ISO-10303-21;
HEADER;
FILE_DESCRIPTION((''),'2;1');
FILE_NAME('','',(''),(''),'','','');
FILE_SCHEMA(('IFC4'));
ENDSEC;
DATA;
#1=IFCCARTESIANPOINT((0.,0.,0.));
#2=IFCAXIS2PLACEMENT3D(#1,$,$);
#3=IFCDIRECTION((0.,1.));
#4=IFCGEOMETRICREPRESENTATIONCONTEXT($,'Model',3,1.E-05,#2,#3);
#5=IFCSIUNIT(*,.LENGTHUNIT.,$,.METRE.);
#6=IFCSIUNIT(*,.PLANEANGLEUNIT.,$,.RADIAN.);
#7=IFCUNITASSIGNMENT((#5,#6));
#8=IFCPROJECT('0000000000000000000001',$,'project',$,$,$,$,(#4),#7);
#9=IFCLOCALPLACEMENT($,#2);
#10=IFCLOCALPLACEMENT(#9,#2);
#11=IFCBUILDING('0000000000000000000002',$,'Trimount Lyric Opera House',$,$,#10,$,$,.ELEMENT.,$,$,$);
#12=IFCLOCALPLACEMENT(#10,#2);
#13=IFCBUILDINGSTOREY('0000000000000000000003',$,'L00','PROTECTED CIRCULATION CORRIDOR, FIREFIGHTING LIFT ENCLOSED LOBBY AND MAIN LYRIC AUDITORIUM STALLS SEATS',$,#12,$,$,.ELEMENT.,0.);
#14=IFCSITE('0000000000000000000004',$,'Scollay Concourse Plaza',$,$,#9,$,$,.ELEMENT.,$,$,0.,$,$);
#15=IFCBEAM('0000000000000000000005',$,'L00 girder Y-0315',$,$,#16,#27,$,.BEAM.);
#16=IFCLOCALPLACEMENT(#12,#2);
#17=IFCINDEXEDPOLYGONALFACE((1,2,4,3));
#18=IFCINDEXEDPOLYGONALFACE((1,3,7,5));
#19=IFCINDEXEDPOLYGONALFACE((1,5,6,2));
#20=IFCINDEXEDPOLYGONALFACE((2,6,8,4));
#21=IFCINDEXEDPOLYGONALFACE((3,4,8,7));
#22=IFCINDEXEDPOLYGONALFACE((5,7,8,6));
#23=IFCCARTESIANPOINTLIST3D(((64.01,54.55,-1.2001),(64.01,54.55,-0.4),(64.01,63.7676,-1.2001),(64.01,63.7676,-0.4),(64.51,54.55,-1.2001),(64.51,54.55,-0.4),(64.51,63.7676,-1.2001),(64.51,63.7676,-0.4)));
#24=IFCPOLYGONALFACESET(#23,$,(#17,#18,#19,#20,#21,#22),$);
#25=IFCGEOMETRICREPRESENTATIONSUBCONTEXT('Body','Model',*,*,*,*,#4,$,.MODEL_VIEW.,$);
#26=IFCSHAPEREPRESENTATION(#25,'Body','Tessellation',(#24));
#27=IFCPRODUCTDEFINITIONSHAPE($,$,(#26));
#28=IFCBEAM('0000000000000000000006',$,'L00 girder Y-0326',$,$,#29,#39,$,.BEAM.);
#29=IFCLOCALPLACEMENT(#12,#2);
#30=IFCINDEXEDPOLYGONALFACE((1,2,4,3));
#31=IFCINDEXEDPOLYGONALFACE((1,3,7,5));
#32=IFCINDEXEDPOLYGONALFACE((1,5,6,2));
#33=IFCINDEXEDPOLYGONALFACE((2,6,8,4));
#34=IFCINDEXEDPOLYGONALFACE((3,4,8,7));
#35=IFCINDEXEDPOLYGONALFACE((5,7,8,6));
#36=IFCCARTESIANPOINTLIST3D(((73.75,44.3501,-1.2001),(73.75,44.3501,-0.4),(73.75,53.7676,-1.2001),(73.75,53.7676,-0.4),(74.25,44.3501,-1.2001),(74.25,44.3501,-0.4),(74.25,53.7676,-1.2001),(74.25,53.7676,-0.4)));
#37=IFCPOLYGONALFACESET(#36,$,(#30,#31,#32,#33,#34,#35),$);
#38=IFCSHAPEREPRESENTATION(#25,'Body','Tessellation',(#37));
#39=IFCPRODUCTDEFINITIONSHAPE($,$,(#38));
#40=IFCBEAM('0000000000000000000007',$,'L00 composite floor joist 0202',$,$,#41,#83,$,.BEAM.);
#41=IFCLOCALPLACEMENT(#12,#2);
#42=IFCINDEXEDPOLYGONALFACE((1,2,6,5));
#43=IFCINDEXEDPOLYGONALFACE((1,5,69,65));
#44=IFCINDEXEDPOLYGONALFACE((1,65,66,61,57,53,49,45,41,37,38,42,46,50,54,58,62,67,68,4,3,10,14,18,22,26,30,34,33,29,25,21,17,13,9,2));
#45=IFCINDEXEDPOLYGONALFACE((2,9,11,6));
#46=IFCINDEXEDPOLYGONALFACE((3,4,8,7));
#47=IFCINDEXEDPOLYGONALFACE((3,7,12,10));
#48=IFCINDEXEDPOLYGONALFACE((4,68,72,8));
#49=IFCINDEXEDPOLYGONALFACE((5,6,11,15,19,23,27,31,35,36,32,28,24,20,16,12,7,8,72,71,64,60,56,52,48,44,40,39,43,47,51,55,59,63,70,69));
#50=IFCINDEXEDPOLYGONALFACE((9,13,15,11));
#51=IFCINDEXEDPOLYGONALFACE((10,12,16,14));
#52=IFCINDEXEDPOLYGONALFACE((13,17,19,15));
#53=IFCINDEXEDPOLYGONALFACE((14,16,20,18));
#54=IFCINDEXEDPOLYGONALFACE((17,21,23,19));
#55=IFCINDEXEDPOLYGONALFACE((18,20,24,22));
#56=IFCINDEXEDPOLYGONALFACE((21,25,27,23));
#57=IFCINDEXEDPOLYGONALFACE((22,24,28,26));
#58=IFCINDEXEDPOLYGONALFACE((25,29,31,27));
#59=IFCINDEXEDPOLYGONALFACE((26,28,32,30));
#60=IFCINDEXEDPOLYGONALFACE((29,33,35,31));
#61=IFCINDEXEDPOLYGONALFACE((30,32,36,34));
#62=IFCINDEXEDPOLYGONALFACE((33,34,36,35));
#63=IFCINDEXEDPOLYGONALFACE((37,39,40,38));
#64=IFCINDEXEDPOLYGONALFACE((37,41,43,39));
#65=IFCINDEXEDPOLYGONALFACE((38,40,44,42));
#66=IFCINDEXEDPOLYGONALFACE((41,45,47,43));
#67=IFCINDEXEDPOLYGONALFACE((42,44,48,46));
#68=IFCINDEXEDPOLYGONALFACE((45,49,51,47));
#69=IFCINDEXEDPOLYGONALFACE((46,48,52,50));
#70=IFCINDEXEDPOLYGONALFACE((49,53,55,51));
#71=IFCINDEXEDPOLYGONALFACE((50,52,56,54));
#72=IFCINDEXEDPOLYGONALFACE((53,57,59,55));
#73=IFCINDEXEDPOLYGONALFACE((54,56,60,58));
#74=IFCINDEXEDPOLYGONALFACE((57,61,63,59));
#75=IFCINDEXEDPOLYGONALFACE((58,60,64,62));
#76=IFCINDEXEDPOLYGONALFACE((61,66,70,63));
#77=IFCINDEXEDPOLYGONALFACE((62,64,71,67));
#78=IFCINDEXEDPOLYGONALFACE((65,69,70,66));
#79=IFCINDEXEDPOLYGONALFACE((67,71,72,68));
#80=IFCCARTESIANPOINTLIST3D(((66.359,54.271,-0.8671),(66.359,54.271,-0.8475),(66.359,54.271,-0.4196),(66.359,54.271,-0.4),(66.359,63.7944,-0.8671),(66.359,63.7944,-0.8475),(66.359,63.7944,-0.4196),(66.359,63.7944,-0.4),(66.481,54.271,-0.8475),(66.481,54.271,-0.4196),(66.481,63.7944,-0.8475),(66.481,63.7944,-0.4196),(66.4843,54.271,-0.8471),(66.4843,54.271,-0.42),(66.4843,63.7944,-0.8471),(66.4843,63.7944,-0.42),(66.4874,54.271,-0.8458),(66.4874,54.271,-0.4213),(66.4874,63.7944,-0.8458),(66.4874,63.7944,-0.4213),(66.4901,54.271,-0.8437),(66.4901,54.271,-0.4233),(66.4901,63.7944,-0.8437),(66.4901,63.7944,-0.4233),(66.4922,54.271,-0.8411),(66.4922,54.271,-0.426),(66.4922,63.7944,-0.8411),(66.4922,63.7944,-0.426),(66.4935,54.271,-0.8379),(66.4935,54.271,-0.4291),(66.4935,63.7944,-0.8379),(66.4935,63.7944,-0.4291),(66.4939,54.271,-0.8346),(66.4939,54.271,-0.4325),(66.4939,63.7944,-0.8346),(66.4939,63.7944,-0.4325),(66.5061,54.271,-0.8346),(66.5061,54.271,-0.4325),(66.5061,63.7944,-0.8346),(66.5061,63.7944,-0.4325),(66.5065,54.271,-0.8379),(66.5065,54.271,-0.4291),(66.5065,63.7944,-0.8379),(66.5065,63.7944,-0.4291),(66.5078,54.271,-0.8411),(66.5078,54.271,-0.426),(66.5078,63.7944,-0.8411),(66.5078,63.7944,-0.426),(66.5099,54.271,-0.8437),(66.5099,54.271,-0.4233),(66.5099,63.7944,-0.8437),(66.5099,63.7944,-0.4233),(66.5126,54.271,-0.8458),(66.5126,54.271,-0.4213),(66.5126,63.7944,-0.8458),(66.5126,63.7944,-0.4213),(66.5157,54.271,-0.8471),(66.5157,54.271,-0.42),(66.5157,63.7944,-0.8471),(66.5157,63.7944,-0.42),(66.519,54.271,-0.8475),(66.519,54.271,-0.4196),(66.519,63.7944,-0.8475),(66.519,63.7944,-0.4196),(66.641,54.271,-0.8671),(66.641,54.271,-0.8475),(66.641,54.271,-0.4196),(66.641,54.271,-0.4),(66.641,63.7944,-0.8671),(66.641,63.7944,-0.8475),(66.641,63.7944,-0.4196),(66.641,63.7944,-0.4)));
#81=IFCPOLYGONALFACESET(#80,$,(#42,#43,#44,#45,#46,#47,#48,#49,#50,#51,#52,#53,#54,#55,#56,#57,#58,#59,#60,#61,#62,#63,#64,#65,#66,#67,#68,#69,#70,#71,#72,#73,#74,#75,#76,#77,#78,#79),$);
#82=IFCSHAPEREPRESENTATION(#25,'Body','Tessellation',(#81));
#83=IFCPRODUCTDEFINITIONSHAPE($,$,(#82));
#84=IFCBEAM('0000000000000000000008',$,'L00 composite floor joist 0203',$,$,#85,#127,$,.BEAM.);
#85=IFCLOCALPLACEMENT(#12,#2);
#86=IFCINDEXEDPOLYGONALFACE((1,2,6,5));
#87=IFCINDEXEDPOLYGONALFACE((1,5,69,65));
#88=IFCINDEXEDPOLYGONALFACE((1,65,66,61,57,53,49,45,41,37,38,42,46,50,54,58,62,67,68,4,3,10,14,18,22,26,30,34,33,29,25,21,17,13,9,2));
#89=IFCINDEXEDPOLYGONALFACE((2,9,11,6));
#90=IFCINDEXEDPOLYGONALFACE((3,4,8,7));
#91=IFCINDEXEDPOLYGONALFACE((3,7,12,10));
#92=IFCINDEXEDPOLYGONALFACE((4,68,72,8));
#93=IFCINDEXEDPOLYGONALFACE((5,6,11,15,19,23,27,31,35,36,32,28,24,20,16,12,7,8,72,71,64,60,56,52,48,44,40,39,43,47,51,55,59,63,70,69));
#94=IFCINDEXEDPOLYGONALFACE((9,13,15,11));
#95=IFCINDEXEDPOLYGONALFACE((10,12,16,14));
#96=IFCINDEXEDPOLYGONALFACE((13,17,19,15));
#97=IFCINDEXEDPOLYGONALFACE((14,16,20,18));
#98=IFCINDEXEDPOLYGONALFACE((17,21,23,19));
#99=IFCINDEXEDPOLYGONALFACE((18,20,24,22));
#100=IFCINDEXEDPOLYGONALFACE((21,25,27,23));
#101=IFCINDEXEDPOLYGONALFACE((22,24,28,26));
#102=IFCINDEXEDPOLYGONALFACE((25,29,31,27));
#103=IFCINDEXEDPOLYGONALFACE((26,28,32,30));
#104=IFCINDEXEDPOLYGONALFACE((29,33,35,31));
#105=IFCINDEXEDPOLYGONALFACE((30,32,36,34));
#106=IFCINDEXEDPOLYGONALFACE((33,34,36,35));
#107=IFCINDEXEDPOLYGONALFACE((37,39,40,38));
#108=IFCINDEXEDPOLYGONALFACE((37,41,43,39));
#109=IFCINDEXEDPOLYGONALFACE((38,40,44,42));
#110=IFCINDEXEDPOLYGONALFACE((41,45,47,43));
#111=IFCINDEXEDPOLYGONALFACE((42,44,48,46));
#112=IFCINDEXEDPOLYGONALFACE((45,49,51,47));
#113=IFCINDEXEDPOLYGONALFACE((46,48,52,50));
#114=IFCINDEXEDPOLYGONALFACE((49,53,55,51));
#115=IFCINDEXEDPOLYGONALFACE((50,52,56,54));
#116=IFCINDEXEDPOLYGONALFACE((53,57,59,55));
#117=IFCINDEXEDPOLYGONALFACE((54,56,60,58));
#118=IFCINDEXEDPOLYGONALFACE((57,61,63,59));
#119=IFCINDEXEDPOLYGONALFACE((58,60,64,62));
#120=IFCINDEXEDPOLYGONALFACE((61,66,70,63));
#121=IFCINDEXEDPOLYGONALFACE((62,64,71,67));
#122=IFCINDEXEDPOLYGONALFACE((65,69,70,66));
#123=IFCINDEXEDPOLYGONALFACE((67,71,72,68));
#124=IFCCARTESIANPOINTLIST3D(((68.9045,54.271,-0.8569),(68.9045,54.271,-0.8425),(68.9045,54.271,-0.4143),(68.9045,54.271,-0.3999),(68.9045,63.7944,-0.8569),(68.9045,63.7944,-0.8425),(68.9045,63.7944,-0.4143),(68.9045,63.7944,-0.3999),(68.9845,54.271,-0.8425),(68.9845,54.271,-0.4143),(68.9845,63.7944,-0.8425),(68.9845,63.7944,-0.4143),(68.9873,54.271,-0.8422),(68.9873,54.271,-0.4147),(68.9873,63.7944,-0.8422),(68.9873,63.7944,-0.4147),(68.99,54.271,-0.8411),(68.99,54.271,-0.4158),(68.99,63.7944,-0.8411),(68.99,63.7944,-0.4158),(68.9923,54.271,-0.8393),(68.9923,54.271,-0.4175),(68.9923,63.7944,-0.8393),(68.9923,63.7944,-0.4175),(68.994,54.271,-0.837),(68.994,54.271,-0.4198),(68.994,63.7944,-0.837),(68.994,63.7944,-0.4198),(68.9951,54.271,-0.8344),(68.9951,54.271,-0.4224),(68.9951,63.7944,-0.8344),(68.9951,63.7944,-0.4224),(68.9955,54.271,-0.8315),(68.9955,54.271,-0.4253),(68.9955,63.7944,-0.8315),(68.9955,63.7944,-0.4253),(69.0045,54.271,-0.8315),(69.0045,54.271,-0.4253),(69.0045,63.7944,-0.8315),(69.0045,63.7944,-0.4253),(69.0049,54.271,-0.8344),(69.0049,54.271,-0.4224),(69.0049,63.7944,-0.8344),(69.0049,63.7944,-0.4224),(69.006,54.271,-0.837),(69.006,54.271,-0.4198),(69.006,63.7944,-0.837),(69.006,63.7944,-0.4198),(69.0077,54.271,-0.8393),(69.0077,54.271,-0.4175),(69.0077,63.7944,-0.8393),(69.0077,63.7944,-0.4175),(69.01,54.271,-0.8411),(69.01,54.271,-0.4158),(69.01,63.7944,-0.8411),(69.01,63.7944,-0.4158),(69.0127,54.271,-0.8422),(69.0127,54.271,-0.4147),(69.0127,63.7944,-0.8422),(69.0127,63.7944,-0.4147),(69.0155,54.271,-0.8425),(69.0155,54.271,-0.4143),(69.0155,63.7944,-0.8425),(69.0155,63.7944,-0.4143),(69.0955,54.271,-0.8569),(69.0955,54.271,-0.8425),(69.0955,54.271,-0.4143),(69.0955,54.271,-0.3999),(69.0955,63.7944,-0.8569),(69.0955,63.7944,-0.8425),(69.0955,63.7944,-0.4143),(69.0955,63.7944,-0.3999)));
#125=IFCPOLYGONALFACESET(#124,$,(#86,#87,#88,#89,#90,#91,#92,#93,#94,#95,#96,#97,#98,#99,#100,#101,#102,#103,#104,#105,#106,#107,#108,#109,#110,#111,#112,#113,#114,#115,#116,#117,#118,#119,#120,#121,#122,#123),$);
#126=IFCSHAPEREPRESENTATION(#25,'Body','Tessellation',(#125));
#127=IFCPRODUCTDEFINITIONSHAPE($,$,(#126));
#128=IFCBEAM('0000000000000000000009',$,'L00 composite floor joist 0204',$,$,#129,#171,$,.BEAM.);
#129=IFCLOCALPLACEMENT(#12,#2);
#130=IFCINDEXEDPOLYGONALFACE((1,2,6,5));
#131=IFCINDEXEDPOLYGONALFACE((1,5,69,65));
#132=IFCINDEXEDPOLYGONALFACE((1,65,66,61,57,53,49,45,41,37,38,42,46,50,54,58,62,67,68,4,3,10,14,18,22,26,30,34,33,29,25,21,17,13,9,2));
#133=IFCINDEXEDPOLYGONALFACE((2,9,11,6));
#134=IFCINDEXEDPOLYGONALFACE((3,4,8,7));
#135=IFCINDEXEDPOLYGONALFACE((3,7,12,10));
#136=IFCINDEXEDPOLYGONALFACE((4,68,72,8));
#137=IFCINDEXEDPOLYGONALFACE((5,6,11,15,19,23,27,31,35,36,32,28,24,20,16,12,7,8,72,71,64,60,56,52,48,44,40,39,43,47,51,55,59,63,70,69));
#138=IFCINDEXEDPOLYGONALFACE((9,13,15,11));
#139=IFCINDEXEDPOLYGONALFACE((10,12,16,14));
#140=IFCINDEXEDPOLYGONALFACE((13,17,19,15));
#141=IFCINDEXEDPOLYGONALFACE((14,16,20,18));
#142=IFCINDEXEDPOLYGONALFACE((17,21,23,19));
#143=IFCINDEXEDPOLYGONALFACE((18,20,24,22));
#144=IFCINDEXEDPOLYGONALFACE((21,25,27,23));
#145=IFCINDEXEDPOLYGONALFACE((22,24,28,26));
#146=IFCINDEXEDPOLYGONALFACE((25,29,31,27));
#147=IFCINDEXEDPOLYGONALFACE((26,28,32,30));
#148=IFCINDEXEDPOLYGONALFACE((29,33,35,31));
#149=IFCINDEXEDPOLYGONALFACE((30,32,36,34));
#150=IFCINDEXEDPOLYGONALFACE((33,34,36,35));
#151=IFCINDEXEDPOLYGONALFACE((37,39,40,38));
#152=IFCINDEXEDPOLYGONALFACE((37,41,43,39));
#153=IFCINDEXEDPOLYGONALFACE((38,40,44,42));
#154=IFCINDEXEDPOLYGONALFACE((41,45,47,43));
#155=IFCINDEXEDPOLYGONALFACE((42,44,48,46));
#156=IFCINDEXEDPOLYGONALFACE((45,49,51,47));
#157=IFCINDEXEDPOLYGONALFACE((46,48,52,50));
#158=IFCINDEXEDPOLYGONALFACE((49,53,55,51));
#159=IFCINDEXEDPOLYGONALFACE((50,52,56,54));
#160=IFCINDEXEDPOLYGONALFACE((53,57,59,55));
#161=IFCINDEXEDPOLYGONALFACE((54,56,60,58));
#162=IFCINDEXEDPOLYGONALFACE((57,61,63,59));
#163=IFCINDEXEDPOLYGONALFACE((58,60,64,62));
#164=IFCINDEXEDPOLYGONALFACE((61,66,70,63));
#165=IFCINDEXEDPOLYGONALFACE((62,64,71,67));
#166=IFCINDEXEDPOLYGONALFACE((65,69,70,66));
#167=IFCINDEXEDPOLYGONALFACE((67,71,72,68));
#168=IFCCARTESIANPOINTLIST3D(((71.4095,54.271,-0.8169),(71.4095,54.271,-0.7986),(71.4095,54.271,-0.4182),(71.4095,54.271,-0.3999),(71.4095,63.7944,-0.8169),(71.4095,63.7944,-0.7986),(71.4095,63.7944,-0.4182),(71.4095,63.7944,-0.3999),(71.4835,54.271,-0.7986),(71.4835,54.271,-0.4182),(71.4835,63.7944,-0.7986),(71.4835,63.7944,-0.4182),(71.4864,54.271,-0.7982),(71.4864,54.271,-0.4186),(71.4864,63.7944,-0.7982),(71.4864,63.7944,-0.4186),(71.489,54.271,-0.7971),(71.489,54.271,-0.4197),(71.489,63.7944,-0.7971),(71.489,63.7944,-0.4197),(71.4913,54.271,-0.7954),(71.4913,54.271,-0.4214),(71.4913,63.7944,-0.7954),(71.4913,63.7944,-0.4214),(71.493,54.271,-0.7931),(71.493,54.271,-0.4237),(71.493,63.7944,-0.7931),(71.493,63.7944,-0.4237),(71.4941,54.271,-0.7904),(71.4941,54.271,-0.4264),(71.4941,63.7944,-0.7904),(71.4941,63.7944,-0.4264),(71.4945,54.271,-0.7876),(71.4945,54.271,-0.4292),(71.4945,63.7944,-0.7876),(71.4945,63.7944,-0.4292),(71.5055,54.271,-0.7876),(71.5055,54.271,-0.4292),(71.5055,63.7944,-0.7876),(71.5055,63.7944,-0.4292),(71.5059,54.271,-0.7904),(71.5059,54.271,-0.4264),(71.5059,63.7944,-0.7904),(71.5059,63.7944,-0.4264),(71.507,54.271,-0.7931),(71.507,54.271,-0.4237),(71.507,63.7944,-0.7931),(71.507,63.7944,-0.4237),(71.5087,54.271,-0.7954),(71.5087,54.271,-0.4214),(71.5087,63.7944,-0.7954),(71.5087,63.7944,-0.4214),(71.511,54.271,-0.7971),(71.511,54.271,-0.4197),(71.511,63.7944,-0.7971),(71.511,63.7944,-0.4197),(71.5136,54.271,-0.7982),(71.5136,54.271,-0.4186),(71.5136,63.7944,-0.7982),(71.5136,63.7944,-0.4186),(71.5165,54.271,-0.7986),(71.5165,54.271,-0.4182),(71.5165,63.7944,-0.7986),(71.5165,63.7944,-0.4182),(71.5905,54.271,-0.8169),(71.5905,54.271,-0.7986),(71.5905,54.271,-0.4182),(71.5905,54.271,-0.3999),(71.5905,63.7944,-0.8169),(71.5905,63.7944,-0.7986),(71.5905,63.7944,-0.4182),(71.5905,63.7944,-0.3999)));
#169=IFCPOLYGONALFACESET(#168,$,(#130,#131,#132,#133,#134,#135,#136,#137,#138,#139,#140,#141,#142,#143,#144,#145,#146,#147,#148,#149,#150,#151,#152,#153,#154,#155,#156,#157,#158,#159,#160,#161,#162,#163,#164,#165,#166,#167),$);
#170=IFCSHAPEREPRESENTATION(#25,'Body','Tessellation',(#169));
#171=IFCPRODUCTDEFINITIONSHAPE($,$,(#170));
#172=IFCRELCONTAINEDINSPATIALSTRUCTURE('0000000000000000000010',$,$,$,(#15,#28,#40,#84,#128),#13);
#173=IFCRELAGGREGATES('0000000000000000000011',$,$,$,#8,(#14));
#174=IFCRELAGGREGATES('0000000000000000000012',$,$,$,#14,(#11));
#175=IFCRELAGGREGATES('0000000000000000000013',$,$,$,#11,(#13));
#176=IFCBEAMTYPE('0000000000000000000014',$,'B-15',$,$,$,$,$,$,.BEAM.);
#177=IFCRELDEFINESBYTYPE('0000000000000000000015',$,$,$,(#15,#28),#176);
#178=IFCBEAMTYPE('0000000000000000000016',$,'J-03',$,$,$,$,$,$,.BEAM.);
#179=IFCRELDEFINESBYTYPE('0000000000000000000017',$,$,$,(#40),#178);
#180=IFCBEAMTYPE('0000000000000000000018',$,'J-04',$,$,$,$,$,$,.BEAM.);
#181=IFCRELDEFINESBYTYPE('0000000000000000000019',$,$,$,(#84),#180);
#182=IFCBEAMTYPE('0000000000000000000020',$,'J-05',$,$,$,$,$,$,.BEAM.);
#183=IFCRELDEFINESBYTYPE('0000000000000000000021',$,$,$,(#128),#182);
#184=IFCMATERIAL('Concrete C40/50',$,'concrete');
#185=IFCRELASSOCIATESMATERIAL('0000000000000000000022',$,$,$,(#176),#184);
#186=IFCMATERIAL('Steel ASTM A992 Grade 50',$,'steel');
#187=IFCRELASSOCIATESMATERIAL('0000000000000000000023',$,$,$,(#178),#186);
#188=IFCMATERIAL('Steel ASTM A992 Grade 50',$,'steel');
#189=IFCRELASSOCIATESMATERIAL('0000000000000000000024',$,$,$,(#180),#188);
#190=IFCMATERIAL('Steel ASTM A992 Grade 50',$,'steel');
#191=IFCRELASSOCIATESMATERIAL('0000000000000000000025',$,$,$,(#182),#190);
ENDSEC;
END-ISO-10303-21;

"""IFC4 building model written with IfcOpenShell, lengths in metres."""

from ifc_helpers import new_model, si_unit, direction, frame, origin, origin_2d, place, context, subcontext, project, spatial, rectangle, i_section, extrude, material, material_profile, profile_set, type_object, element, save


model = new_model("IFC4")

# Units and contexts
model_context = context("Model", 3, precision=1e-05, world=origin(), true_north=direction((0.0, 1.0)))
body_context = subcontext(model_context, "Body", "Model", "MODEL_VIEW")
ifc_project = project(units=[si_unit("LENGTHUNIT", "METRE"), si_unit("PLANEANGLEUNIT", "RADIAN")], contexts=[model_context])

# Site, building, storey
site_placement = place(None, origin())
site = spatial("IfcSite", under=ifc_project, at=site_placement, Name="Scollay Concourse Plaza", CompositionType="ELEMENT", RefElevation=0.0)
building_placement = place(site_placement, origin())
building = spatial("IfcBuilding", under=site, at=building_placement, Name="Trimount Lyric Opera House", CompositionType="ELEMENT")
storey_placement = place(building_placement, origin())
storey = spatial("IfcBuildingStorey", under=building, at=storey_placement, Name="L00", Description="PROTECTED CIRCULATION CORRIDOR, FIREFIGHTING LIFT ENCLOSED LOBBY AND MAIN LYRIC AUDITORIUM STALLS SEATS", CompositionType="ELEMENT", Elevation=0.0)

# Beams
ifc_material_1 = material(Name="Concrete C40/50", Category="concrete")
ifc_material_profile_1 = material_profile(ifc_material_1, rectangle(XDim=0.5, YDim=0.8, at=origin_2d()), Name="RC500X800")
ifc_profile_set_1 = profile_set([ifc_material_profile_1], Name="Concrete C40/50")
beam_type_1 = type_object("IfcBeamType", Name="B-15", PredefinedType="BEAM", material=ifc_profile_set_1)
beam_1_placement = place(storey_placement, frame((64.26, 54.55, -0.8), z_axis=(0.0, 1.0, 0.0), x_axis=(-1.0, 0.0, 0.0)))
element("IfcBeam", 1, at=beam_1_placement, inside=storey, type_object=beam_type_1, Name="L00 girder Y-0315", PredefinedType="BEAM", context=body_context, shape_type="SweptSolid", body=[
    extrude(rectangle(XDim=0.5, YDim=0.8, at=origin_2d()), origin(), (0.0, 0.0, 1.0), 9.2175),
])
beam_2_placement = place(storey_placement, frame((74.0, 44.3501, -0.8), z_axis=(0.0, 1.0, 0.0), x_axis=(-1.0, 0.0, 0.0)))
element("IfcBeam", 2, at=beam_2_placement, inside=storey, type_object=beam_type_1, Name="L00 girder Y-0326", PredefinedType="BEAM", context=body_context, shape_type="SweptSolid", body=[
    extrude(rectangle(XDim=0.5, YDim=0.8, at=origin_2d()), origin(), (0.0, 0.0, 1.0), 9.4175),
])
ifc_material_2 = material(Name="Steel ASTM A992 Grade 50", Category="steel")
ifc_material_profile_2 = material_profile(ifc_material_2, i_section(OverallWidth=0.282, OverallDepth=0.467, WebThickness=0.0122, FlangeThickness=0.0195, FilletRadius=0.0129, at=origin_2d()), Name="W18X86")
ifc_profile_set_2 = profile_set([ifc_material_profile_2], Name="Steel ASTM A992 Grade 50")
beam_type_2 = type_object("IfcBeamType", Name="J-03", PredefinedType="BEAM", material=ifc_profile_set_2)
beam_3_placement = place(storey_placement, frame((66.5, 54.271, -0.6335), z_axis=(0.0, 1.0, 0.0), x_axis=(-1.0, 0.0, 0.0)))
element("IfcBeam", 3, at=beam_3_placement, inside=storey, type_object=beam_type_2, Name="L00 composite floor joist 0202", PredefinedType="BEAM", context=body_context, shape_type="SweptSolid", body=[
    extrude(i_section(OverallWidth=0.282, OverallDepth=0.467, WebThickness=0.0122, FlangeThickness=0.0195, FilletRadius=0.0129, at=origin_2d()), origin(), (0.0, 0.0, 1.0), 9.5234),
])
ifc_material_3 = material(Name="Steel ASTM A992 Grade 50", Category="steel")
ifc_material_profile_3 = material_profile(ifc_material_3, i_section(OverallWidth=0.1909, OverallDepth=0.457, WebThickness=0.009, FlangeThickness=0.0144, FilletRadius=0.011, at=origin_2d()), Name="W18X50")
ifc_profile_set_3 = profile_set([ifc_material_profile_3], Name="Steel ASTM A992 Grade 50")
beam_type_3 = type_object("IfcBeamType", Name="J-04", PredefinedType="BEAM", material=ifc_profile_set_3)
beam_4_placement = place(storey_placement, frame((69.0, 54.271, -0.6284), z_axis=(0.0, 1.0, 0.0), x_axis=(-1.0, 0.0, 0.0)))
element("IfcBeam", 4, at=beam_4_placement, inside=storey, type_object=beam_type_3, Name="L00 composite floor joist 0203", PredefinedType="BEAM", context=body_context, shape_type="SweptSolid", body=[
    extrude(i_section(OverallWidth=0.1909, OverallDepth=0.457, WebThickness=0.009, FlangeThickness=0.0144, FilletRadius=0.011, at=origin_2d()), origin(), (0.0, 0.0, 1.0), 9.5234),
])
ifc_material_4 = material(Name="Steel ASTM A992 Grade 50", Category="steel")
ifc_material_profile_4 = material_profile(ifc_material_4, i_section(OverallWidth=0.1809, OverallDepth=0.417, WebThickness=0.011, FlangeThickness=0.0183, FilletRadius=0.011, at=origin_2d()), Name="W16X57")
ifc_profile_set_4 = profile_set([ifc_material_profile_4], Name="Steel ASTM A992 Grade 50")
beam_type_4 = type_object("IfcBeamType", Name="J-05", PredefinedType="BEAM", material=ifc_profile_set_4)
beam_5_placement = place(storey_placement, frame((71.5, 54.271, -0.6084), z_axis=(0.0, 1.0, 0.0), x_axis=(-1.0, 0.0, 0.0)))
element("IfcBeam", 5, at=beam_5_placement, inside=storey, type_object=beam_type_4, Name="L00 composite floor joist 0204", PredefinedType="BEAM", context=body_context, shape_type="SweptSolid", body=[
    extrude(i_section(OverallWidth=0.1809, OverallDepth=0.417, WebThickness=0.011, FlangeThickness=0.0183, FilletRadius=0.011, at=origin_2d()), origin(), (0.0, 0.0, 1.0), 9.5234),
])

save(model, "model.ifc")
